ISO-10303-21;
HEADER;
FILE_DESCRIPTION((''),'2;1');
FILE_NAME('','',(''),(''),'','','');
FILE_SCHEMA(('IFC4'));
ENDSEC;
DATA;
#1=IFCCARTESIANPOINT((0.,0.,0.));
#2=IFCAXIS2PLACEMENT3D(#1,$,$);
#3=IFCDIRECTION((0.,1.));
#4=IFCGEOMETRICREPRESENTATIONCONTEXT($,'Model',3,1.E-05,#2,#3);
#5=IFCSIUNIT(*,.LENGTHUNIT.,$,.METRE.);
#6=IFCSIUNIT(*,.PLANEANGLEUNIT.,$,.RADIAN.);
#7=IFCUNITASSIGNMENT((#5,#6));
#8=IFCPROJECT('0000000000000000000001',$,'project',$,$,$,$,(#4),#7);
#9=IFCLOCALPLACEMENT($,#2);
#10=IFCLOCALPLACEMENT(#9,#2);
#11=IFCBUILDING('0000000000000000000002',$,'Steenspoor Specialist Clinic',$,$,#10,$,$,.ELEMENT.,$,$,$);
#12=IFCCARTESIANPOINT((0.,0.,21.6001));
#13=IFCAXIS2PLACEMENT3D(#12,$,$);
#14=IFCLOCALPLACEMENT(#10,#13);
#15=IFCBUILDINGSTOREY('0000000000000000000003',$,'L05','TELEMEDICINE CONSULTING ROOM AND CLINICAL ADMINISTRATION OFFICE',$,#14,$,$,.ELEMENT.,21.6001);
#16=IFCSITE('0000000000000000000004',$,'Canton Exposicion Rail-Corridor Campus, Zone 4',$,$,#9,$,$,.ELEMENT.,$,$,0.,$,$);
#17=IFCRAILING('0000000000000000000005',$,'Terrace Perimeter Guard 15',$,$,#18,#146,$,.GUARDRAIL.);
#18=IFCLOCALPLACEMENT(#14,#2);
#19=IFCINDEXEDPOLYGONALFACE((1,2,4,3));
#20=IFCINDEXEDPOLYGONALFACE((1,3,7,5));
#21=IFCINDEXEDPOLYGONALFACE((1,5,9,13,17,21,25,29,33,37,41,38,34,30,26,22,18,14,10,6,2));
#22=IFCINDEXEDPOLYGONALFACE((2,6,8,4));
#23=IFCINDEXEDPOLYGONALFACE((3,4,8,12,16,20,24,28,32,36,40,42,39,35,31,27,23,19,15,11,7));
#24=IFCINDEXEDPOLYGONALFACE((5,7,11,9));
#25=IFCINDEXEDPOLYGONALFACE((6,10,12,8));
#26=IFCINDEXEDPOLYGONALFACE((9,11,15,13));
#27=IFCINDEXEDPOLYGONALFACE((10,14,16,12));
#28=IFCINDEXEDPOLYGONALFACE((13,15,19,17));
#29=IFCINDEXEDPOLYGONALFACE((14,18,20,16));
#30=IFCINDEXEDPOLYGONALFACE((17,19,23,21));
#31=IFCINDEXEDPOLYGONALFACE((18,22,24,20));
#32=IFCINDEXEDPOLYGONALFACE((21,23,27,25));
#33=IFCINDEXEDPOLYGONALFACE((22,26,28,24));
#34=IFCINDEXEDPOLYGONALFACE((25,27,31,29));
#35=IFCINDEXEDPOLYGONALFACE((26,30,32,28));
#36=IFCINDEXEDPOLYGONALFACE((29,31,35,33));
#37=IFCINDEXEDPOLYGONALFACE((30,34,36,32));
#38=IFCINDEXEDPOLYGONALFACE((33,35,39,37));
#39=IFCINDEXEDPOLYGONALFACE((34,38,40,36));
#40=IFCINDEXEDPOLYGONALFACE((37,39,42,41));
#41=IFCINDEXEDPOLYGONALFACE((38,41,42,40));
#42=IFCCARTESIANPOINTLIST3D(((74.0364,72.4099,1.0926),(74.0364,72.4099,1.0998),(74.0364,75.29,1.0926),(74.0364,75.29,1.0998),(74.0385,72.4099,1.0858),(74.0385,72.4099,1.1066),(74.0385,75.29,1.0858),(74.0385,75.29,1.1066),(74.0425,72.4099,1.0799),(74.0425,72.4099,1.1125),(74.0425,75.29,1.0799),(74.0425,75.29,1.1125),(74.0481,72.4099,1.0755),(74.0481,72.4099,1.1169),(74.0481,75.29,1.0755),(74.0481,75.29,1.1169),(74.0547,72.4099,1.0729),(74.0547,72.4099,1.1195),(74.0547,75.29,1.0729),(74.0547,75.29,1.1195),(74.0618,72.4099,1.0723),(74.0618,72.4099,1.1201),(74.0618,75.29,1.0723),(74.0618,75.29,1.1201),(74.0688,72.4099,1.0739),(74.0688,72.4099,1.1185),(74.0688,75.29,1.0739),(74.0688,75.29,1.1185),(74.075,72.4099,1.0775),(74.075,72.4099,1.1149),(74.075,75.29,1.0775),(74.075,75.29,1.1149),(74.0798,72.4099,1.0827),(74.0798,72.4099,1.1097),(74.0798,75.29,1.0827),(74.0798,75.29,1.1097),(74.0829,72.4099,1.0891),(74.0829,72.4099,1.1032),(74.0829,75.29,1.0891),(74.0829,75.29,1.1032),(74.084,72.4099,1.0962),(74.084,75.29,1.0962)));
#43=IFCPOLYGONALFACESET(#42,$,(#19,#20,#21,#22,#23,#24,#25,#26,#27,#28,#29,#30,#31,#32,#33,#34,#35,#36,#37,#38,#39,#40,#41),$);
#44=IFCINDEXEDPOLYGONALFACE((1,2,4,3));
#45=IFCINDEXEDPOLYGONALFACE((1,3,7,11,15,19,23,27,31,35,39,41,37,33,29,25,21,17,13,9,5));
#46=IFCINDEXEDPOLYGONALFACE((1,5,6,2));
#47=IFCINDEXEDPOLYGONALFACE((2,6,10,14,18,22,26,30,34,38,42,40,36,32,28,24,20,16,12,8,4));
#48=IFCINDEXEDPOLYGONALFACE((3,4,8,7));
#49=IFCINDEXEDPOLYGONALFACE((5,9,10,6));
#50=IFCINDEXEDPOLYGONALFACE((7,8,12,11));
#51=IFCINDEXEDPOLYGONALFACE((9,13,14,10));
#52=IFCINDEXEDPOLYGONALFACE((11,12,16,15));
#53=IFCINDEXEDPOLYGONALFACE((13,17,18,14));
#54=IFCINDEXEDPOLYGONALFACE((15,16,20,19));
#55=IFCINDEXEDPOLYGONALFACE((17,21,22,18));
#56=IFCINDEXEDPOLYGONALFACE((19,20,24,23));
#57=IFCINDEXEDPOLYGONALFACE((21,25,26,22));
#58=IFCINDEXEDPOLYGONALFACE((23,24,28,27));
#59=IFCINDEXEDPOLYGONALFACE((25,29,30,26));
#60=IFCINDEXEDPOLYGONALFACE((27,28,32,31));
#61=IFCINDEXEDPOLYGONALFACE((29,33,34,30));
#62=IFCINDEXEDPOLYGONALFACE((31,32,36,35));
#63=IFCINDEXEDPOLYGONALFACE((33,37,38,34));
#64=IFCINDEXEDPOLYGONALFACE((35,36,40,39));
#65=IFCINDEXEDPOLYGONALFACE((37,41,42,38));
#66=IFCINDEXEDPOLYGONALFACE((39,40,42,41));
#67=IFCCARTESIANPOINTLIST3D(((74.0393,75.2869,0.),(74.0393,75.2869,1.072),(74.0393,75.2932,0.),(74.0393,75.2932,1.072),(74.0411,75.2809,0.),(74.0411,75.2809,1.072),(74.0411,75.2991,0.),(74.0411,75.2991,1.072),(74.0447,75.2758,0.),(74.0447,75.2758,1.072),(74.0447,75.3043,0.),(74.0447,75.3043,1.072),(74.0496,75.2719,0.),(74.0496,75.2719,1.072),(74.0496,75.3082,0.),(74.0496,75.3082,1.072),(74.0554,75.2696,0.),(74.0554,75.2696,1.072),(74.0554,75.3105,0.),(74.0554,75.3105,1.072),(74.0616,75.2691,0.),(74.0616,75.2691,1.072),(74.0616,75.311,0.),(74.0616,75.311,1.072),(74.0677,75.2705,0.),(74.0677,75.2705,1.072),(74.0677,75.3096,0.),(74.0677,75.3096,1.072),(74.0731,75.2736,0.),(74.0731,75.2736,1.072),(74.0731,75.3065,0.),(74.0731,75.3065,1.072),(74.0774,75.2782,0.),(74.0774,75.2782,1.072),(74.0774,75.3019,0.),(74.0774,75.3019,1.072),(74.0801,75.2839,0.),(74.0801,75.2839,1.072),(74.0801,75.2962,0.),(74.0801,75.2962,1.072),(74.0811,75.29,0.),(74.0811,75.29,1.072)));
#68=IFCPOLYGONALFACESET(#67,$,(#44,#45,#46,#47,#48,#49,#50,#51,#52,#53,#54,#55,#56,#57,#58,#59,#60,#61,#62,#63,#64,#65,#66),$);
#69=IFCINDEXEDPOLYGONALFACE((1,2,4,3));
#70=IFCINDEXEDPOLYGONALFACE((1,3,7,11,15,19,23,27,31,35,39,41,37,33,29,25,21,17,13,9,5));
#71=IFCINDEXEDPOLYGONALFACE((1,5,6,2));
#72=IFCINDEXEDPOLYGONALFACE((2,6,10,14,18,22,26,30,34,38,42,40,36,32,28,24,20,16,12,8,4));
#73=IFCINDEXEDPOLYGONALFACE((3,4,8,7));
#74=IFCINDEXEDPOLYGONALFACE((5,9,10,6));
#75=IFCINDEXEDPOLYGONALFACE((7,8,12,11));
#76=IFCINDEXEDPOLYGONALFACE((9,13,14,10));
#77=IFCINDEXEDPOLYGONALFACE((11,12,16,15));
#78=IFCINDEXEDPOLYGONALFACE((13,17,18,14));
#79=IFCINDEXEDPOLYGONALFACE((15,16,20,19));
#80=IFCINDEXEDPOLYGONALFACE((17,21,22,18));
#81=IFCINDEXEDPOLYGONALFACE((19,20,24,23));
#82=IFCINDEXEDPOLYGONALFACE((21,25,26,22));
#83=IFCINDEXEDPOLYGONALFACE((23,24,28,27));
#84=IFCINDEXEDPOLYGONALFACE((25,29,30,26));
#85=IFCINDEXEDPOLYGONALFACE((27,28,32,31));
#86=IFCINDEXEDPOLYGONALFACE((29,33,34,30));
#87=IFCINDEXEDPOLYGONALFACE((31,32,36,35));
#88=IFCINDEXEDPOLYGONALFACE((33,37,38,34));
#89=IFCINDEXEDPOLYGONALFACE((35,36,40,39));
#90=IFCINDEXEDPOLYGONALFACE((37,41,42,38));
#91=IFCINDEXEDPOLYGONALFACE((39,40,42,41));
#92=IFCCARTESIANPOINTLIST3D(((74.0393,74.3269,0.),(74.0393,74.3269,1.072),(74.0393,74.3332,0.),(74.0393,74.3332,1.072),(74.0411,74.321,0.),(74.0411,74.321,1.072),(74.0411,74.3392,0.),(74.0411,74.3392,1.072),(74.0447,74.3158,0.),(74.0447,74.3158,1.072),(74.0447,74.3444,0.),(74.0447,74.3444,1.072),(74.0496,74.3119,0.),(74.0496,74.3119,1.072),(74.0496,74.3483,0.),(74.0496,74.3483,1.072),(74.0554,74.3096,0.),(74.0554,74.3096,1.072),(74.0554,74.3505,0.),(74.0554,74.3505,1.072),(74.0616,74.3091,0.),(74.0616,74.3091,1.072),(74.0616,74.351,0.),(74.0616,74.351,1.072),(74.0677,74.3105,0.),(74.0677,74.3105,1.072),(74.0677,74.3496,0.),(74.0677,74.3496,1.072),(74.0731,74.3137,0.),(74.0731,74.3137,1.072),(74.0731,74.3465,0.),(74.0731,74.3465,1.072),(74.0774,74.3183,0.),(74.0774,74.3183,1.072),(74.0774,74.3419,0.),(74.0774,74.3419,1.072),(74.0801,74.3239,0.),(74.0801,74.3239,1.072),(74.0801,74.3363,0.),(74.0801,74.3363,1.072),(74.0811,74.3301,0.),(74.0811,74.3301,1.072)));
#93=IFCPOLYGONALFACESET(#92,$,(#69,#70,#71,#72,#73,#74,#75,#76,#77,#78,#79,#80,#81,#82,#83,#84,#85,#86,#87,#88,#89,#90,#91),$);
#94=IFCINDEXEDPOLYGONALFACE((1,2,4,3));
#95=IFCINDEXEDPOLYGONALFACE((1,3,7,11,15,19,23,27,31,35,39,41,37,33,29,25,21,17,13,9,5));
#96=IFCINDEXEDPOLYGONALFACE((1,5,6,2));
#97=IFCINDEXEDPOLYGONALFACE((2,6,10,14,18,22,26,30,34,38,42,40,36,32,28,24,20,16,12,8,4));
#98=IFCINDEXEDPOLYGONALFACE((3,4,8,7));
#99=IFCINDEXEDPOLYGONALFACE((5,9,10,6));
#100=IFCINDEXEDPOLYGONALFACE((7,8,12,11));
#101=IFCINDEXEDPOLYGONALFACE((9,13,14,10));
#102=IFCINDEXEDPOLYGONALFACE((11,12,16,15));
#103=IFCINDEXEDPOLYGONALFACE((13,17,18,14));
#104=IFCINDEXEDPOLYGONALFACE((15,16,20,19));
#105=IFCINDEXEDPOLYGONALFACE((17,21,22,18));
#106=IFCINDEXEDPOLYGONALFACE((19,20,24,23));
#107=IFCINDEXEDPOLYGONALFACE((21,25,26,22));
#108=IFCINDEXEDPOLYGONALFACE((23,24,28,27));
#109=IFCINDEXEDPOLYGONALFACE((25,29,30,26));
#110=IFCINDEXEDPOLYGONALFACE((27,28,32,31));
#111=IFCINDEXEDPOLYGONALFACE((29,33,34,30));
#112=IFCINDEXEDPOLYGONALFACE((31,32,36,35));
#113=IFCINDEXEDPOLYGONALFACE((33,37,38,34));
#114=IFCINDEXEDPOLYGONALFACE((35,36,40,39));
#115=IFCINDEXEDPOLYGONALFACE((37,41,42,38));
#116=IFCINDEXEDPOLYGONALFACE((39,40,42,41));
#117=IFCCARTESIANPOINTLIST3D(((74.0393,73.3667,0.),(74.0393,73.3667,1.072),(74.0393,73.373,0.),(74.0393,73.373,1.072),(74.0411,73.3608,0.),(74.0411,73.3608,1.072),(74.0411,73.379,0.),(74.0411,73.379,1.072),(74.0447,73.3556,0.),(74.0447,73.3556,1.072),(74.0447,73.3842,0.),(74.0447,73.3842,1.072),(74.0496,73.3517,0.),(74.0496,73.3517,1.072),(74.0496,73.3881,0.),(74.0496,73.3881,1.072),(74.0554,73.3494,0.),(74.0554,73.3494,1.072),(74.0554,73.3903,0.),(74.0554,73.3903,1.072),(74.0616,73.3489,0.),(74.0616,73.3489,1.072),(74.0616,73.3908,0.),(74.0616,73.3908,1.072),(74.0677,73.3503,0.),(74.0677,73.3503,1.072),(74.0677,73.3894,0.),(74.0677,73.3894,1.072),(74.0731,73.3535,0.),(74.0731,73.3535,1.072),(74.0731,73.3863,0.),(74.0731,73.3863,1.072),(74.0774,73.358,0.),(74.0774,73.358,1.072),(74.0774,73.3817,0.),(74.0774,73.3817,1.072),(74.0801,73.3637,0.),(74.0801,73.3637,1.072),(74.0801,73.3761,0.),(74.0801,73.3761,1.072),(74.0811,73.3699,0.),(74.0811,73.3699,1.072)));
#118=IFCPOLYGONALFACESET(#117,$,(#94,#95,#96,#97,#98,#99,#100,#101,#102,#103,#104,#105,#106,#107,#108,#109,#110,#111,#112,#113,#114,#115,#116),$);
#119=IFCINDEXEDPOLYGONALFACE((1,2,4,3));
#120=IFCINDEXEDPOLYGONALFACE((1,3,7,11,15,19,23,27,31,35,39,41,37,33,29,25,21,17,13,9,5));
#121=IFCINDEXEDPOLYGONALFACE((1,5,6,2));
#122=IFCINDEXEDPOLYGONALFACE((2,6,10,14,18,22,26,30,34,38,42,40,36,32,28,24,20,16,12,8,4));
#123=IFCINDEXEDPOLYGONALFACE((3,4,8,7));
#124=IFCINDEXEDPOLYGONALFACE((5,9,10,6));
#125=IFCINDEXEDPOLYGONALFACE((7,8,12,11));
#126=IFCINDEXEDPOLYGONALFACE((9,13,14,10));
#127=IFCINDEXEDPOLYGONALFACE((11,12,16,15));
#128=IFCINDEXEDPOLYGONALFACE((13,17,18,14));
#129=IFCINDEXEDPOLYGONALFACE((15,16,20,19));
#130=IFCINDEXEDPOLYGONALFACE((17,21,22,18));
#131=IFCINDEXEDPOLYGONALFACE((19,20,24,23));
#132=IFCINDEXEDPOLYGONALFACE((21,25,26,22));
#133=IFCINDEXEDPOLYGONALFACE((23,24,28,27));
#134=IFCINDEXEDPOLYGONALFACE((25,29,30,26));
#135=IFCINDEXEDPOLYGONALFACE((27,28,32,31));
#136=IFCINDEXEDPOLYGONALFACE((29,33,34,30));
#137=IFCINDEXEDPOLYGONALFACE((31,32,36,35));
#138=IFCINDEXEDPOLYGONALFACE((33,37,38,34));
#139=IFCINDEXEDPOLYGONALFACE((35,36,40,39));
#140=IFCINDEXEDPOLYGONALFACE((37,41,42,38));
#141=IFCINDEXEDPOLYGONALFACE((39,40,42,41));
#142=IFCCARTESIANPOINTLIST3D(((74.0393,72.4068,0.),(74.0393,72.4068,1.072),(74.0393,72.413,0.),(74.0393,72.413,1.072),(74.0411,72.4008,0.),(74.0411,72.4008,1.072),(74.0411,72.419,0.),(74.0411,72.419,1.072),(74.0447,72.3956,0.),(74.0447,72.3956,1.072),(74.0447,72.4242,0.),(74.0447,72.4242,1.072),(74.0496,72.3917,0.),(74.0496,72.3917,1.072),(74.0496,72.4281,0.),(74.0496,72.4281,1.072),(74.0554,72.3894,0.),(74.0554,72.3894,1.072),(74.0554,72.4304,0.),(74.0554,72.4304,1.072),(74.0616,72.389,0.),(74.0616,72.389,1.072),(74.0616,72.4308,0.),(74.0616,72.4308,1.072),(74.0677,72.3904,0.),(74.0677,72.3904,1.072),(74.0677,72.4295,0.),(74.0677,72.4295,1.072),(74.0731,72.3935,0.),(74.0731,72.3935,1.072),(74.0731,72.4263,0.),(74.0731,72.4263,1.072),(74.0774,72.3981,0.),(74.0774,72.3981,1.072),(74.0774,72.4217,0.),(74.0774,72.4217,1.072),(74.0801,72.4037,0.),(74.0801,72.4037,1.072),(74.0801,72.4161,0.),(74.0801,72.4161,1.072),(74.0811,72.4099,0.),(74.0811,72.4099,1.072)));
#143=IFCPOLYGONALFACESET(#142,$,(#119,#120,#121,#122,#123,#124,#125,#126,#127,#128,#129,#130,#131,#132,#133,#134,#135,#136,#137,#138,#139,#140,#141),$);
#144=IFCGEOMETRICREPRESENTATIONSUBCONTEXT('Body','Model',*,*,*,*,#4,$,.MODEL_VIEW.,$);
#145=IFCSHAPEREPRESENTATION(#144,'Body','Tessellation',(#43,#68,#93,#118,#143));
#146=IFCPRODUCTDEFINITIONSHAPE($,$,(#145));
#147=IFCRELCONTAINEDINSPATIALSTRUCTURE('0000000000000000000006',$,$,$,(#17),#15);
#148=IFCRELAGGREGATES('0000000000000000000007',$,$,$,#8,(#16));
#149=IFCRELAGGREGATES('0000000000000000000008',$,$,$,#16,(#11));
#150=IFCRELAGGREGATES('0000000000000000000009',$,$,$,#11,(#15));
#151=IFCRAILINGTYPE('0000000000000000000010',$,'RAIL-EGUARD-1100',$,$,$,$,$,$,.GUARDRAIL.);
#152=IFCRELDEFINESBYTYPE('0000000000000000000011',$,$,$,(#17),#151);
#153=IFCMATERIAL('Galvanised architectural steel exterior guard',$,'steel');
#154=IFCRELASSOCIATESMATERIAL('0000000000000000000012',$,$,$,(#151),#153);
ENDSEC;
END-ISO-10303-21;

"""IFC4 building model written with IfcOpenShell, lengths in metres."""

from ifc_helpers import new_model, si_unit, direction, frame, origin, origin_2d, place, context, subcontext, project, spatial, circle, extrude, material, type_object, element, save


model = new_model("IFC4")

# Units and contexts
model_context = context("Model", 3, precision=1e-05, world=origin(), true_north=direction((0.0, 1.0)))
body_context = subcontext(model_context, "Body", "Model", "MODEL_VIEW")
ifc_project = project(units=[si_unit("LENGTHUNIT", "METRE"), si_unit("PLANEANGLEUNIT", "RADIAN")], contexts=[model_context])

# Site, building, storey
site_placement = place(None, origin())
site = spatial("IfcSite", under=ifc_project, at=site_placement, Name="Canton Exposicion Rail-Corridor Campus, Zone 4", CompositionType="ELEMENT", RefElevation=0.0)
building_placement = place(site_placement, origin())
building = spatial("IfcBuilding", under=site, at=building_placement, Name="Steenspoor Specialist Clinic", CompositionType="ELEMENT")
storey_placement = place(building_placement, frame((0.0, 0.0, 21.6001)))
storey = spatial("IfcBuildingStorey", under=building, at=storey_placement, Name="L05", Description="TELEMEDICINE CONSULTING ROOM AND CLINICAL ADMINISTRATION OFFICE", CompositionType="ELEMENT", Elevation=21.6001)

# Railing
ifc_material_1 = material(Name="Galvanised architectural steel exterior guard", Category="steel")
railing_type = type_object("IfcRailingType", Name="RAIL-EGUARD-1100", PredefinedType="GUARDRAIL", material=ifc_material_1)
railing_1_placement = place(storey_placement, frame((74.0601, 75.29, 0.0)))
element("IfcRailing", 1, at=railing_1_placement, inside=storey, type_object=railing_type, Name="Terrace Perimeter Guard 15", PredefinedType="GUARDRAIL", context=body_context, shape_type="SweptSolid", body=[
    extrude(circle(Radius=0.0239, at=origin_2d()), frame((0.0, 0.0, 1.0962), z_axis=(0.0, -1.0, 0.0), x_axis=(1.0, 0.0, 0.0)), (0.0, 0.0, 1.0), 2.8801),
    extrude(circle(Radius=0.021, at=origin_2d()), origin(), (0.0, 0.0, 1.0), 1.072),
    extrude(circle(Radius=0.021, at=origin_2d()), frame((0.0, -0.96, 0.0)), (0.0, 0.0, 1.0), 1.072),
    extrude(circle(Radius=0.021, at=origin_2d()), frame((0.0, -1.9202, 0.0)), (0.0, 0.0, 1.0), 1.072),
    extrude(circle(Radius=0.021, at=origin_2d()), frame((0.0, -2.8801, 0.0)), (0.0, 0.0, 1.0), 1.072),
])

save(model, "model.ifc")
